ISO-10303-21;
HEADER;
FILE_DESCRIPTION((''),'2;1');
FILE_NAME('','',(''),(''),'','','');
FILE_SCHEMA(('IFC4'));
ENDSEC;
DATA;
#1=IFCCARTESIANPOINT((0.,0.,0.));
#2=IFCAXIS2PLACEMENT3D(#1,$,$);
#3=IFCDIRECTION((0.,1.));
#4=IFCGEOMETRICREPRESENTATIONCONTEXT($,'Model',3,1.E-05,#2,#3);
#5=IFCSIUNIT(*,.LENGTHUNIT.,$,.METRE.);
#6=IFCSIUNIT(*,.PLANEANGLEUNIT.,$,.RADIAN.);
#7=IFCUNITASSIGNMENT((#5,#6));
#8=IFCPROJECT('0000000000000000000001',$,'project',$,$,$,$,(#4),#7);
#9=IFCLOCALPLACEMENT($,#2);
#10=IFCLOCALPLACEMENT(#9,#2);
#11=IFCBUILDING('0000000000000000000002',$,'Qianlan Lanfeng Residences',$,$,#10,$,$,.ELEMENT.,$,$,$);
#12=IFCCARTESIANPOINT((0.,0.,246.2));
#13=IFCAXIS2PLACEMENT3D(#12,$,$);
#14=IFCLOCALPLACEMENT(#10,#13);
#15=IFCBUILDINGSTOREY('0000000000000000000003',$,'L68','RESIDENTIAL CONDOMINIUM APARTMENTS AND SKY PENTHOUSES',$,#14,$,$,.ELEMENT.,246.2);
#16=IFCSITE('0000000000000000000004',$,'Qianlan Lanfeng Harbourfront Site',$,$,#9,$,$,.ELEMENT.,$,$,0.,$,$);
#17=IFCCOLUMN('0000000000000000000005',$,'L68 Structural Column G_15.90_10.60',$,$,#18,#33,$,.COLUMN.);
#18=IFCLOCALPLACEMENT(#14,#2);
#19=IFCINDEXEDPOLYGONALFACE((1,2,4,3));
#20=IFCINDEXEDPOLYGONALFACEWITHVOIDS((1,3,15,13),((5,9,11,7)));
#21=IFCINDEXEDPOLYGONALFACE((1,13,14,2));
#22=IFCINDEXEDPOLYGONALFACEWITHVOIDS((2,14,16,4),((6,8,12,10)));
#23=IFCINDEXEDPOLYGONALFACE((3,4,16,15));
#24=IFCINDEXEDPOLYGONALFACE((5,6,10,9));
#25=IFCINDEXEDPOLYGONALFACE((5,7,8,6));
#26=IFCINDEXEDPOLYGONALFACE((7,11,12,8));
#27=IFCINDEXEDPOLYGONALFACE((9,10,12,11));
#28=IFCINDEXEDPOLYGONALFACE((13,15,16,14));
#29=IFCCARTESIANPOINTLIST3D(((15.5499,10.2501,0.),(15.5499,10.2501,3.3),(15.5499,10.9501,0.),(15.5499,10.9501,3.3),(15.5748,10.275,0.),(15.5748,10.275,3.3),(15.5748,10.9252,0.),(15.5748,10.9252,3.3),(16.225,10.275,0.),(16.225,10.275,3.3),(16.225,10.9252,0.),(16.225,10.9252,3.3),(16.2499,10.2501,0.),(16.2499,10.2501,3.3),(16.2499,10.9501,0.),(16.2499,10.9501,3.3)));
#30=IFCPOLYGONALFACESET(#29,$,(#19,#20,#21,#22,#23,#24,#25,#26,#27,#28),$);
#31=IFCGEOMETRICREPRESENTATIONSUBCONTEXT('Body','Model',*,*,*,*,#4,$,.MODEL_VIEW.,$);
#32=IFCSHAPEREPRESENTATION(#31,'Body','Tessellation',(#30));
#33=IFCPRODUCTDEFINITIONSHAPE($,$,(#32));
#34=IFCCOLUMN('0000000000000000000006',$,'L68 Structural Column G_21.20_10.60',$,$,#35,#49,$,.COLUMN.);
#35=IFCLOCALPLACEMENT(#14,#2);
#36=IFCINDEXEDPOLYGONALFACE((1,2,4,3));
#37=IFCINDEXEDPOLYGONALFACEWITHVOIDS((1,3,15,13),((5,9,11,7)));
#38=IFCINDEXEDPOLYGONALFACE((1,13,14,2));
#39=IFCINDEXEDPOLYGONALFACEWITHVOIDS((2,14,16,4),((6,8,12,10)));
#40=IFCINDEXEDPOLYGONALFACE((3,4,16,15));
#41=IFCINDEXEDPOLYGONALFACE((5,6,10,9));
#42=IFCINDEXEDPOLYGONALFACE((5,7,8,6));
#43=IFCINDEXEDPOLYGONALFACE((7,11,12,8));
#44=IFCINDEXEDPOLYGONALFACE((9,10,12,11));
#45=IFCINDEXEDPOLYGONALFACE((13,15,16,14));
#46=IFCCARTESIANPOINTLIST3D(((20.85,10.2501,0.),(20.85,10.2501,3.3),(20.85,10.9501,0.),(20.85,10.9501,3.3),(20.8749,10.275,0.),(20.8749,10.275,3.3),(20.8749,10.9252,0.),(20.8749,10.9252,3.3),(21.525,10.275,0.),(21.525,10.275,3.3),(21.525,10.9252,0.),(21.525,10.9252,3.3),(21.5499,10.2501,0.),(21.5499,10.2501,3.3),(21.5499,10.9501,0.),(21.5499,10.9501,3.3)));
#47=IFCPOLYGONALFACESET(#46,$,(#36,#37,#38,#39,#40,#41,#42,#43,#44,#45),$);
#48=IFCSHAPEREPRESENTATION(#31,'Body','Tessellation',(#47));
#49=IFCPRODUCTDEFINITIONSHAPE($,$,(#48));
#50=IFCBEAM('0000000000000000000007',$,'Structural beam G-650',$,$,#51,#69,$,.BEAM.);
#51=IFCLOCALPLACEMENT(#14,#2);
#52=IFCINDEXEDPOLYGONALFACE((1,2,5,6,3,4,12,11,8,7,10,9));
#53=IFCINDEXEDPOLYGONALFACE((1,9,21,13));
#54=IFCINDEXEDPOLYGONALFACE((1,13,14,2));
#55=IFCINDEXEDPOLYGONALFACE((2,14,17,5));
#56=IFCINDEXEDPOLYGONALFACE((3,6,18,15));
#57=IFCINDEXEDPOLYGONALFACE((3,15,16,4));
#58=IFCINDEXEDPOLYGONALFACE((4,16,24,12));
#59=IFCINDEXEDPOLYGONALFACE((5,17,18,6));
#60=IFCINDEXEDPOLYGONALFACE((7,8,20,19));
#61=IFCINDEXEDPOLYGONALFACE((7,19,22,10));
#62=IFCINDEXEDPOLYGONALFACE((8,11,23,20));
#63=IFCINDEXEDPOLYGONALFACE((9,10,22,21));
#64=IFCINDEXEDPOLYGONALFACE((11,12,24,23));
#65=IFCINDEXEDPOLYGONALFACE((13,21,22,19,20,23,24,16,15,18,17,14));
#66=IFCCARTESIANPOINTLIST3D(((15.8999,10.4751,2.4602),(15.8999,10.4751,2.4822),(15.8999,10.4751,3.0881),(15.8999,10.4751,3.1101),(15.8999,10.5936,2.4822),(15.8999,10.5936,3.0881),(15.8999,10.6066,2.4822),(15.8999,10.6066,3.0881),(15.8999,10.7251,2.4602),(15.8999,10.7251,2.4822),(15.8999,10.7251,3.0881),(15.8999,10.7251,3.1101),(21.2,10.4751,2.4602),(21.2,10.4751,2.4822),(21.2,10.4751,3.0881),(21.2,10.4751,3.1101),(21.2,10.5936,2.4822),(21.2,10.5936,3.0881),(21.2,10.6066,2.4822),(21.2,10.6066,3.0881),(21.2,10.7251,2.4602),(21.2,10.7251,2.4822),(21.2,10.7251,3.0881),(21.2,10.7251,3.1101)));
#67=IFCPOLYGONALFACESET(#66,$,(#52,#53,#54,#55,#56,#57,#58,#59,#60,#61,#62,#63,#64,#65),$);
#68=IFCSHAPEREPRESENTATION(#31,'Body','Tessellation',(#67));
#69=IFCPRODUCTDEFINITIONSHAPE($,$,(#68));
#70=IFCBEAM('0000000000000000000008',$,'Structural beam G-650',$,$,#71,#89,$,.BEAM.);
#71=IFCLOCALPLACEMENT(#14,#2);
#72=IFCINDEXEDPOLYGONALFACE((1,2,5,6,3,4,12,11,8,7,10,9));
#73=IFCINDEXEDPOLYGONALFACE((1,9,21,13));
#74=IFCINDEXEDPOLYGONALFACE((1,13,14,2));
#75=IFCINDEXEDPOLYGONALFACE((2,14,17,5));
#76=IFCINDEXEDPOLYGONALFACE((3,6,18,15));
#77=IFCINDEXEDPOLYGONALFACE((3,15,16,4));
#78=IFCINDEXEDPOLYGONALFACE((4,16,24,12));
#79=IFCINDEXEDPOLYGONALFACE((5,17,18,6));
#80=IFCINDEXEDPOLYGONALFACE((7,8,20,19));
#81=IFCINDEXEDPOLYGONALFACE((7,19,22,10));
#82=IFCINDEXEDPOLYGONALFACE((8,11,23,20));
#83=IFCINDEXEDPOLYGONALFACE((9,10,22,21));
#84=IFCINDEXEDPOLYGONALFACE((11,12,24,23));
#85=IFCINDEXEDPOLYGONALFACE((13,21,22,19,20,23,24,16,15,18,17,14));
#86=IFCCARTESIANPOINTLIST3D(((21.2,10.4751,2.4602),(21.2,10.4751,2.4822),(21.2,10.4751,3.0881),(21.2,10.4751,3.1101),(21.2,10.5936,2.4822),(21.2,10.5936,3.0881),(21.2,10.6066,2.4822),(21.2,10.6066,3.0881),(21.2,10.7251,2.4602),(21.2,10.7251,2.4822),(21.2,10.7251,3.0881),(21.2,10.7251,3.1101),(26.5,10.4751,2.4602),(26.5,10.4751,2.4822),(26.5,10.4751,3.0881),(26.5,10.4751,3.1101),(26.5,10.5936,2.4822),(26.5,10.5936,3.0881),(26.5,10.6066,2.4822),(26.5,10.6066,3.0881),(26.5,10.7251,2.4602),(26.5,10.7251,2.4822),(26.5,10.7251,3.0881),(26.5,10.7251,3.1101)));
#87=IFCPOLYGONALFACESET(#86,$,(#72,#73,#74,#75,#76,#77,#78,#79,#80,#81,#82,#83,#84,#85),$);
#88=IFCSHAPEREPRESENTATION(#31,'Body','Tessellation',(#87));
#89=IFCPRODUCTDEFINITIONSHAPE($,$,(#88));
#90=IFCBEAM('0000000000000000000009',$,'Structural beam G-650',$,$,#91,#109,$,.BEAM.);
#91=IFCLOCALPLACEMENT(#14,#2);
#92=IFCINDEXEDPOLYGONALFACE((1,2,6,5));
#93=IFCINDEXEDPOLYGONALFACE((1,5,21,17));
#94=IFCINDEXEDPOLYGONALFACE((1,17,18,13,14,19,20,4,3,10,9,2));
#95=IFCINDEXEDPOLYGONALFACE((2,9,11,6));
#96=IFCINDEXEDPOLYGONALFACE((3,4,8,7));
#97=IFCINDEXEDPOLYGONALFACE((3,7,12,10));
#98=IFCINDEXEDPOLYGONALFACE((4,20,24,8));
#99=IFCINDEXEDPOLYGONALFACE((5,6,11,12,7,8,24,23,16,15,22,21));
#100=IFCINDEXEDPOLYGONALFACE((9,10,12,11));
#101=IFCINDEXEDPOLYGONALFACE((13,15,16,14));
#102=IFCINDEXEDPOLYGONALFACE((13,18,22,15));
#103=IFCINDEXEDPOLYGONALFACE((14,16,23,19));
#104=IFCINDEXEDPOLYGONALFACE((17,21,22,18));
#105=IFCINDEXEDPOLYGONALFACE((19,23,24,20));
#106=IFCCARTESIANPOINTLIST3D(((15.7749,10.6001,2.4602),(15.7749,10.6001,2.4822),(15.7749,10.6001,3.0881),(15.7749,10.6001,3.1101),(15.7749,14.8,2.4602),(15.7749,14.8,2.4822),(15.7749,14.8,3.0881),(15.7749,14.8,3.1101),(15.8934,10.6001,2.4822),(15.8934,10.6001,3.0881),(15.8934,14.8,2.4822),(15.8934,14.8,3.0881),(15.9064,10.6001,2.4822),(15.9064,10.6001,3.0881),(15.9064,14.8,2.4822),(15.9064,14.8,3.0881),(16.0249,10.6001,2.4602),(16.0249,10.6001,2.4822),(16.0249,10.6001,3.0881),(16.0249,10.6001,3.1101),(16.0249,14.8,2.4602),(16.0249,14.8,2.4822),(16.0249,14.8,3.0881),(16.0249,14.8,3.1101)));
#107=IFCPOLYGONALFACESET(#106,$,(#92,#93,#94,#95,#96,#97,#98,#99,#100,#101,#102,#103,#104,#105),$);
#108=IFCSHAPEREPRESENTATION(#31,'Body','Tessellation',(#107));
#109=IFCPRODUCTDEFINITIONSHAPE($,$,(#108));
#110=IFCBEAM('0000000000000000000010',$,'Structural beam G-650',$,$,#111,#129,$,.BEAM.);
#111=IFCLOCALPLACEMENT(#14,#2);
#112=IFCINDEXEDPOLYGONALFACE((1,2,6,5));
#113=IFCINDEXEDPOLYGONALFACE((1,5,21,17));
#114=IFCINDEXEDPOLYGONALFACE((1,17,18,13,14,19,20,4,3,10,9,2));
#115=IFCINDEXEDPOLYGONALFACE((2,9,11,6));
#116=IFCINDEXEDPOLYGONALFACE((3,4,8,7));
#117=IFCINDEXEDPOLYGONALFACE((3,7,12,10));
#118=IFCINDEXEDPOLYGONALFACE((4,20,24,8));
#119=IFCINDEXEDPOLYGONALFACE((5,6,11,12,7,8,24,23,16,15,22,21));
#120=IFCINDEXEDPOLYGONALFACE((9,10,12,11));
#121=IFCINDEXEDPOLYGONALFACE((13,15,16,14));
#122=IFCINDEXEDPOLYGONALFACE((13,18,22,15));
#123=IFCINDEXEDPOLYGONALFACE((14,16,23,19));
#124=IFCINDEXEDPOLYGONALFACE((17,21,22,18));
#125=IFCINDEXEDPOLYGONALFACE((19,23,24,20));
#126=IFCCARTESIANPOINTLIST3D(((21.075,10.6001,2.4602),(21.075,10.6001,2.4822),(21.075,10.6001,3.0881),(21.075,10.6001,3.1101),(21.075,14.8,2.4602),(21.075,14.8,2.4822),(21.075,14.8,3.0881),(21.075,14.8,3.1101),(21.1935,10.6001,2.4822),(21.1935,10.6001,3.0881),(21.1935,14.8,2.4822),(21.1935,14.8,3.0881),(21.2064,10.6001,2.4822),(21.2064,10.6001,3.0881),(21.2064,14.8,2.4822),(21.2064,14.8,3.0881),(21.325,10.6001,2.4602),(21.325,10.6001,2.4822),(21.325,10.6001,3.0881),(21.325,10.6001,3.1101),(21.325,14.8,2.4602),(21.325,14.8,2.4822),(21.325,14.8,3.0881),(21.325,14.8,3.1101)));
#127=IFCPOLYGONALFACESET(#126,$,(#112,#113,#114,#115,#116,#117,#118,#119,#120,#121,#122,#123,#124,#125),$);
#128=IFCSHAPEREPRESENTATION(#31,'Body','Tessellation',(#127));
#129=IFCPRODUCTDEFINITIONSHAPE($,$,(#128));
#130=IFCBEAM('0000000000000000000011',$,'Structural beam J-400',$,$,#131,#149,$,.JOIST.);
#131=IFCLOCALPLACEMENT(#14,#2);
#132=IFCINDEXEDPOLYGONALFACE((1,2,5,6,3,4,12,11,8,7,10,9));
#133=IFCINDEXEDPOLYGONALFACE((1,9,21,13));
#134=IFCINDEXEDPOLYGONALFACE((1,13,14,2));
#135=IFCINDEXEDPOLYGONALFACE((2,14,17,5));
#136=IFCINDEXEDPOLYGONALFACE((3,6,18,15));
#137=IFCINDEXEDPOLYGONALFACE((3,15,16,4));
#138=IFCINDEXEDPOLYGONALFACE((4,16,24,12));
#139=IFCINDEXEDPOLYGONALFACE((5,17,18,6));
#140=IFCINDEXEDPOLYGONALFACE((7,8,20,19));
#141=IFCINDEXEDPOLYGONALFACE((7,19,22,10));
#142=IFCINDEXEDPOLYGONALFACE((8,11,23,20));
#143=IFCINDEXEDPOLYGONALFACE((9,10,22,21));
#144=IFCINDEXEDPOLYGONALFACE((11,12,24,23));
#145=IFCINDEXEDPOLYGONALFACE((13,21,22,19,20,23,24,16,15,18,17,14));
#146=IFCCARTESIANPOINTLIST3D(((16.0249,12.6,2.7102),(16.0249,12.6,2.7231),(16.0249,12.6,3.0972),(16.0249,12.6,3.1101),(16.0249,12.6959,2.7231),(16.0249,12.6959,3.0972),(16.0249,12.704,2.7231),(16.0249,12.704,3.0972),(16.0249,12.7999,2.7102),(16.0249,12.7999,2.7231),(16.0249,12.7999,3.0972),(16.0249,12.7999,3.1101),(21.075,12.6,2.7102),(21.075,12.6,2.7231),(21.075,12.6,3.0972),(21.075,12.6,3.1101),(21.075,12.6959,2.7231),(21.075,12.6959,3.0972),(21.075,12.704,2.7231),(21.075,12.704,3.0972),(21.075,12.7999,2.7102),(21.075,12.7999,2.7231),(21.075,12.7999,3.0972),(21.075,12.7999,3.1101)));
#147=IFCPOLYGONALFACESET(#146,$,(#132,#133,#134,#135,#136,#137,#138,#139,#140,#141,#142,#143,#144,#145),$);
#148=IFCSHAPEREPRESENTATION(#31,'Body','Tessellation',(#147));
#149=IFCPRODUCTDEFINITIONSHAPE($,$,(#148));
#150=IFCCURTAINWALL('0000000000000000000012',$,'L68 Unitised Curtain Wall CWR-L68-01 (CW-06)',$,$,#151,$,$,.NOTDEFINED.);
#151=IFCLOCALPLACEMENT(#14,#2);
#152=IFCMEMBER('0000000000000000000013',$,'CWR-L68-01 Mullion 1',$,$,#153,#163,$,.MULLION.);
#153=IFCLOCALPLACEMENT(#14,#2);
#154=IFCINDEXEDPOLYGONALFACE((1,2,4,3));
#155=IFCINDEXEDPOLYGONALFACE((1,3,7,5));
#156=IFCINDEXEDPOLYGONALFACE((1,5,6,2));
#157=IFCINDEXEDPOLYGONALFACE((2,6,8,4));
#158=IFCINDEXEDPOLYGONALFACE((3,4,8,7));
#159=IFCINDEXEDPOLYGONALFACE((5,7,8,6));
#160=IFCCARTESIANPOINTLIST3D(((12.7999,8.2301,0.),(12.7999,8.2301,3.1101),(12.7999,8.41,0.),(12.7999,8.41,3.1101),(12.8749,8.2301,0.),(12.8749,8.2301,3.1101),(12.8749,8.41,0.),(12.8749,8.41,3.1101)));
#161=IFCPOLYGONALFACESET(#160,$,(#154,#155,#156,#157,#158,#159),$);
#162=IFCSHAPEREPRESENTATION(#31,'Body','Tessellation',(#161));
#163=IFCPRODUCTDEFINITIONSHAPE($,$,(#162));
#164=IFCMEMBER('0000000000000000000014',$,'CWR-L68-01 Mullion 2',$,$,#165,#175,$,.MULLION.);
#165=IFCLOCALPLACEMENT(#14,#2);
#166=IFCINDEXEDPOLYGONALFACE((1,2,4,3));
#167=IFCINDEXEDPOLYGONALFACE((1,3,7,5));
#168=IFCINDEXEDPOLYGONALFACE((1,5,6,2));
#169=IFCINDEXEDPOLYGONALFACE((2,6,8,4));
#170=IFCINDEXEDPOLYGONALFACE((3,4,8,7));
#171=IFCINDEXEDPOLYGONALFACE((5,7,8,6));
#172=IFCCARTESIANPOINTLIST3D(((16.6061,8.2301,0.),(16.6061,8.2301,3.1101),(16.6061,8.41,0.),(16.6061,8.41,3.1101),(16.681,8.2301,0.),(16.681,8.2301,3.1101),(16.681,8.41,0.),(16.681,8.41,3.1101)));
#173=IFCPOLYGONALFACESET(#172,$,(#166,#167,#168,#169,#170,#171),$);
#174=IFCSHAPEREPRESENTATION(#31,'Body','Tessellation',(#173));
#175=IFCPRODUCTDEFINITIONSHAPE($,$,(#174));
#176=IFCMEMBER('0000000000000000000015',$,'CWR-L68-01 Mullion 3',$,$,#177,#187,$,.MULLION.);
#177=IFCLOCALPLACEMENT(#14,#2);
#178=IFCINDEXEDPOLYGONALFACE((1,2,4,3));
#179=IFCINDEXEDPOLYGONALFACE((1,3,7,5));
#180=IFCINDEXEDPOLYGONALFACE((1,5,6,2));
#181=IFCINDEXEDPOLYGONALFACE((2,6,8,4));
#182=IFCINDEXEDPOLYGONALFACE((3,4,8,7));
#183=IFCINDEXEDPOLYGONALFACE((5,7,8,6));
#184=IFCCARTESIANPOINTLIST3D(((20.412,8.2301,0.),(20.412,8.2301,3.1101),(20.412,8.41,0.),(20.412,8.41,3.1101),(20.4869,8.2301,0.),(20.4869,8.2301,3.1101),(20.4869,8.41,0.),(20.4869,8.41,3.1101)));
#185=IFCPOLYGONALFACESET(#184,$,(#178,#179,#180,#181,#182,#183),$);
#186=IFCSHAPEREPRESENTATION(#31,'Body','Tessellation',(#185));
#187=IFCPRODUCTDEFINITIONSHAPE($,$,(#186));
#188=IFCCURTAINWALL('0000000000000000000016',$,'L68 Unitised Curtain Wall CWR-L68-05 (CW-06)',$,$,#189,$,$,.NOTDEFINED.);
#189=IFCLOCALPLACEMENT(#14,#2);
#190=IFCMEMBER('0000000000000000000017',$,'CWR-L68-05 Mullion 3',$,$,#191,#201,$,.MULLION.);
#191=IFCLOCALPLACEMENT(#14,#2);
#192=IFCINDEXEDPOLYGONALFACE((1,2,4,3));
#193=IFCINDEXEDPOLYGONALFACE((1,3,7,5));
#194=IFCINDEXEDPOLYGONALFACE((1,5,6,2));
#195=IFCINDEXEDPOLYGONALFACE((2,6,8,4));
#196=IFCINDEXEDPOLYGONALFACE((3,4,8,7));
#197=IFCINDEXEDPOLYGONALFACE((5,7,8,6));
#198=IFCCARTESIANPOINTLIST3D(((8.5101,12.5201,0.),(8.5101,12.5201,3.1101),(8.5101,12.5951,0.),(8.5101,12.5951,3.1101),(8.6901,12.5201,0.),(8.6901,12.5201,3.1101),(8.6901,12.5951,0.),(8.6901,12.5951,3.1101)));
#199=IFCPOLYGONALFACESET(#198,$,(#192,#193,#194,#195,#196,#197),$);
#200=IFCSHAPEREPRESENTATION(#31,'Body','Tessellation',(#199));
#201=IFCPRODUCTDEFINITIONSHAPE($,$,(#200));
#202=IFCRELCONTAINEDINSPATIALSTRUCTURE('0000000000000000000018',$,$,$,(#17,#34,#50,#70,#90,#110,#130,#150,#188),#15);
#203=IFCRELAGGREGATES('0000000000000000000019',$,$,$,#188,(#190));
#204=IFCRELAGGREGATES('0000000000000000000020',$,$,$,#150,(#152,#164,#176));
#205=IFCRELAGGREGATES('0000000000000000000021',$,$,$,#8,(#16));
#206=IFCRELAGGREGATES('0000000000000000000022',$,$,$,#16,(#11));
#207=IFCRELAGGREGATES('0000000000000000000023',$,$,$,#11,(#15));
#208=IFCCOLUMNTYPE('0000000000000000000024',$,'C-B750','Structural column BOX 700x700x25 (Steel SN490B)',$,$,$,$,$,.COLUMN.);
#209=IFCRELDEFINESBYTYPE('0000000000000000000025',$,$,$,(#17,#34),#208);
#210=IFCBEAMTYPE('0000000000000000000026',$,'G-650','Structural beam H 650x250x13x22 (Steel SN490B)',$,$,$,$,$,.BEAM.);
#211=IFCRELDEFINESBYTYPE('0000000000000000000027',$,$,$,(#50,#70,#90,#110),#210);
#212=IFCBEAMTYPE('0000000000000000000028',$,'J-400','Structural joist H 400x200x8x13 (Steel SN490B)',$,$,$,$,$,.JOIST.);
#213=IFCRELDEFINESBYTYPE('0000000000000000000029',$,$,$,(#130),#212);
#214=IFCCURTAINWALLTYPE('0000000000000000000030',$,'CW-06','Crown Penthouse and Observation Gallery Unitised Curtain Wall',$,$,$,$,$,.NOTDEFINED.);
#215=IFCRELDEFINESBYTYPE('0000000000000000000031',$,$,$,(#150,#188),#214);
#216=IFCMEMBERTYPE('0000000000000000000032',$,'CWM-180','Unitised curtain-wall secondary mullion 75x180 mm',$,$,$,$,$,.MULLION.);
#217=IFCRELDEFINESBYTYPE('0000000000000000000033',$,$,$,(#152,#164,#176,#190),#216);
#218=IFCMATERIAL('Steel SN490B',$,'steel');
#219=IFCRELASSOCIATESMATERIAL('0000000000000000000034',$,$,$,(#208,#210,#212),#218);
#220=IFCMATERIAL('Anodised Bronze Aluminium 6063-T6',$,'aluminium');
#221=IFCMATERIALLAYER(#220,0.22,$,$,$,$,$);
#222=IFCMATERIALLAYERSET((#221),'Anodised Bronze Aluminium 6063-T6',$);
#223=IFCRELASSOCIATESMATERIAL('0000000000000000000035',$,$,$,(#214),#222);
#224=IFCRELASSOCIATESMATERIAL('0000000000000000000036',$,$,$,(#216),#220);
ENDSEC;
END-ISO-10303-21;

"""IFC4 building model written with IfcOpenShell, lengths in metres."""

from ifc_helpers import new_model, si_unit, direction, frame, origin, origin_2d, place, context, subcontext, project, spatial, rectangle, hollow_rectangle, i_section, extrude, source, transform, mapped, material, layer, layer_set, material_profile, profile_set, type_object, element, aggregate, save


model = new_model("IFC4")

# Units and contexts
model_context = context("Model", 3, precision=1e-05, world=origin(), true_north=direction((0.0, 1.0)))
body_context = subcontext(model_context, "Body", "Model", "MODEL_VIEW")
ifc_project = project(units=[si_unit("LENGTHUNIT", "METRE"), si_unit("PLANEANGLEUNIT", "RADIAN")], contexts=[model_context])

# Site, building, storey
site_placement = place(None, origin())
site = spatial("IfcSite", under=ifc_project, at=site_placement, Name="Qianlan Lanfeng Harbourfront Site", CompositionType="ELEMENT", RefElevation=0.0)
building_placement = place(site_placement, origin())
building = spatial("IfcBuilding", under=site, at=building_placement, Name="Qianlan Lanfeng Residences", CompositionType="ELEMENT")
storey_placement = place(building_placement, frame((0.0, 0.0, 246.2)))
storey = spatial("IfcBuildingStorey", under=building, at=storey_placement, Name="L68", Description="RESIDENTIAL CONDOMINIUM APARTMENTS AND SKY PENTHOUSES", CompositionType="ELEMENT", Elevation=246.2)

# Columns
ifc_material_1 = material(Name="Steel SN490B", Category="steel")
ifc_material_profile_1 = material_profile(ifc_material_1, hollow_rectangle(XDim=0.7, YDim=0.7, WallThickness=0.0249, at=origin_2d()), Name="BOX 700x700x25")
ifc_profile_set_1 = profile_set([ifc_material_profile_1], Name="Steel SN490B")
column_type = type_object("IfcColumnType", Name="C-B750", Description="Structural column BOX 700x700x25 (Steel SN490B)", PredefinedType="COLUMN", material=ifc_profile_set_1)
for number, where, z_axis, x_axis, name in (
    (1, (15.8999, 10.6001, 0.0), (0.0, 0.0, 1.0), (1.0, 0.0, 0.0), "L68 Structural Column G_15.90_10.60"),
    (2, (21.2, 10.6001, 0.0), (0.0, 0.0, 1.0), (1.0, 0.0, 0.0), "L68 Structural Column G_21.20_10.60"),
):
    element("IfcColumn", number, at=place(storey_placement, frame(where, z_axis=z_axis, x_axis=x_axis)), inside=storey, type_object=column_type, Name=name, PredefinedType="COLUMN", context=body_context, shape_type="SweptSolid", body=[
        extrude(hollow_rectangle(XDim=0.7, YDim=0.7, WallThickness=0.0249, at=origin_2d()), origin(), (0.0, 0.0, 1.0), 3.3),
    ])

# Beams
ifc_material_profile_2 = material_profile(ifc_material_1, i_section(OverallWidth=0.25, OverallDepth=0.6499, WebThickness=0.0129, FlangeThickness=0.022, at=origin_2d()), Name="H 650x250x13x22")
ifc_profile_set_2 = profile_set([ifc_material_profile_2], Name="Steel SN490B")
beam_type_1 = type_object("IfcBeamType", Name="G-650", Description="Structural beam H 650x250x13x22 (Steel SN490B)", PredefinedType="BEAM", material=ifc_profile_set_2)
for number, where, z_axis, x_axis, name in (
    (3, (15.8999, 10.6001, 2.7852), (1.0, 0.0, 0.0), (0.0, 1.0, 0.0), "Structural beam G-650"),
    (4, (21.2, 10.6001, 2.7852), (1.0, 0.0, 0.0), (0.0, 1.0, 0.0), "Structural beam G-650"),
):
    element("IfcBeam", number, at=place(storey_placement, frame(where, z_axis=z_axis, x_axis=x_axis)), inside=storey, type_object=beam_type_1, Name=name, PredefinedType="BEAM", context=body_context, shape_type="SweptSolid", body=[
        extrude(i_section(OverallWidth=0.25, OverallDepth=0.6499, WebThickness=0.0129, FlangeThickness=0.022, at=origin_2d()), origin(), (0.0, 0.0, 1.0), 5.3),
    ])
for number, where, z_axis, x_axis, name in (
    (5, (15.8999, 10.6001, 2.7852), (0.0, 1.0, 0.0), (-1.0, 0.0, 0.0), "Structural beam G-650"),
    (6, (21.2, 10.6001, 2.7852), (0.0, 1.0, 0.0), (-1.0, 0.0, 0.0), "Structural beam G-650"),
):
    element("IfcBeam", number, at=place(storey_placement, frame(where, z_axis=z_axis, x_axis=x_axis)), inside=storey, type_object=beam_type_1, Name=name, PredefinedType="BEAM", context=body_context, shape_type="SweptSolid", body=[
        extrude(i_section(OverallWidth=0.25, OverallDepth=0.6499, WebThickness=0.0129, FlangeThickness=0.022, at=origin_2d()), origin(), (0.0, 0.0, 1.0), 4.2),
    ])
ifc_material_profile_3 = material_profile(ifc_material_1, i_section(OverallWidth=0.2, OverallDepth=0.3999, WebThickness=0.0081, FlangeThickness=0.0129, at=origin_2d()), Name="H 400x200x8x13")
ifc_profile_set_3 = profile_set([ifc_material_profile_3], Name="Steel SN490B")
beam_type_2 = type_object("IfcBeamType", Name="J-400", Description="Structural joist H 400x200x8x13 (Steel SN490B)", PredefinedType="JOIST", material=ifc_profile_set_3)
beam_placement = place(storey_placement, frame((16.0249, 12.7, 2.9102), z_axis=(1.0, 0.0, 0.0), x_axis=(0.0, 1.0, 0.0)))
element("IfcBeam", 7, at=beam_placement, inside=storey, type_object=beam_type_2, Name="Structural beam J-400", PredefinedType="JOIST", context=body_context, shape_type="SweptSolid", body=[
    extrude(i_section(OverallWidth=0.2, OverallDepth=0.3999, WebThickness=0.0081, FlangeThickness=0.0129, at=origin_2d()), origin(), (0.0, 0.0, 1.0), 5.05),
])

# Curtain wall, members
ifc_material_2 = material(Name="Anodised Bronze Aluminium 6063-T6", Category="aluminium")
ifc_layer_1 = layer(ifc_material_2, 0.22)
ifc_layer_set_1 = layer_set([ifc_layer_1], Name="Anodised Bronze Aluminium 6063-T6")
curtain_wall_type = type_object("IfcCurtainWallType", Name="CW-06", Description="Crown Penthouse and Observation Gallery Unitised Curtain Wall", PredefinedType="NOTDEFINED", material=ifc_layer_set_1)
curtain_wall_1_placement = place(storey_placement, origin())
curtain_wall_1 = element("IfcCurtainWall", 8, at=curtain_wall_1_placement, inside=storey, type_object=curtain_wall_type, Name="L68 Unitised Curtain Wall CWR-L68-01 (CW-06)", PredefinedType="NOTDEFINED")
ifc_material_profile_4 = material_profile(ifc_material_2, rectangle(XDim=0.075, YDim=0.1799, at=origin_2d()), Name="ALU MULLION 75x180")
ifc_profile_set_4 = profile_set([ifc_material_profile_4], Name="Anodised Bronze Aluminium 6063-T6")
member_type_1 = type_object("IfcMemberType", Name="CWM-180", Description="Unitised curtain-wall secondary mullion 75x180 mm", PredefinedType="MULLION", material=ifc_profile_set_4)
shared_shape_1 = source(origin(), body_context, "Body", "SweptSolid", [
    extrude(rectangle(XDim=0.075, YDim=0.1799, at=origin_2d()), origin(), (0.0, 0.0, 1.0), 3.1101),
])
member_1_placement = place(storey_placement, frame((12.8374, 8.3201, 0.0), z_axis=(0.0, 0.0, 1.0), x_axis=(1.0, 0.0, 0.0)))
member_1 = element("IfcMember", 9, at=member_1_placement, type_object=member_type_1, Name="CWR-L68-01 Mullion 1", PredefinedType="MULLION", context=body_context, shape_type="MappedRepresentation", body=[
    mapped(shared_shape_1, transform((0.0, 0.0, 0.0), scale=1.0)),
])
member_2_placement = place(storey_placement, frame((16.6436, 8.3201, 0.0), z_axis=(0.0, 0.0, 1.0), x_axis=(1.0, 0.0, 0.0)))
member_2 = element("IfcMember", 10, at=member_2_placement, type_object=member_type_1, Name="CWR-L68-01 Mullion 2", PredefinedType="MULLION", context=body_context, shape_type="MappedRepresentation", body=[
    mapped(shared_shape_1, transform((0.0, 0.0, 0.0), scale=1.0)),
])
member_3_placement = place(storey_placement, frame((20.4495, 8.3201, 0.0), z_axis=(0.0, 0.0, 1.0), x_axis=(1.0, 0.0, 0.0)))
member_3 = element("IfcMember", 11, at=member_3_placement, type_object=member_type_1, Name="CWR-L68-01 Mullion 3", PredefinedType="MULLION", context=body_context, shape_type="MappedRepresentation", body=[
    mapped(shared_shape_1, transform((0.0, 0.0, 0.0), scale=1.0)),
])

# Curtain wall, member
curtain_wall_2_placement = place(storey_placement, origin())
curtain_wall_2 = element("IfcCurtainWall", 12, at=curtain_wall_2_placement, inside=storey, type_object=curtain_wall_type, Name="L68 Unitised Curtain Wall CWR-L68-05 (CW-06)", PredefinedType="NOTDEFINED")
member_4_placement = place(storey_placement, frame((8.6001, 12.5576, 0.0), z_axis=(0.0, 0.0, 1.0), x_axis=(0.0, -1.0, 0.0)))
member_4 = element("IfcMember", 13, at=member_4_placement, type_object=member_type_1, Name="CWR-L68-05 Mullion 3", PredefinedType="MULLION", context=body_context, shape_type="MappedRepresentation", body=[
    mapped(shared_shape_1, transform((0.0, 0.0, 0.0), scale=1.0)),
])
aggregate(curtain_wall_2, [member_4])

aggregate(curtain_wall_1, [member_1, member_2, member_3])

save(model, "model.ifc")
